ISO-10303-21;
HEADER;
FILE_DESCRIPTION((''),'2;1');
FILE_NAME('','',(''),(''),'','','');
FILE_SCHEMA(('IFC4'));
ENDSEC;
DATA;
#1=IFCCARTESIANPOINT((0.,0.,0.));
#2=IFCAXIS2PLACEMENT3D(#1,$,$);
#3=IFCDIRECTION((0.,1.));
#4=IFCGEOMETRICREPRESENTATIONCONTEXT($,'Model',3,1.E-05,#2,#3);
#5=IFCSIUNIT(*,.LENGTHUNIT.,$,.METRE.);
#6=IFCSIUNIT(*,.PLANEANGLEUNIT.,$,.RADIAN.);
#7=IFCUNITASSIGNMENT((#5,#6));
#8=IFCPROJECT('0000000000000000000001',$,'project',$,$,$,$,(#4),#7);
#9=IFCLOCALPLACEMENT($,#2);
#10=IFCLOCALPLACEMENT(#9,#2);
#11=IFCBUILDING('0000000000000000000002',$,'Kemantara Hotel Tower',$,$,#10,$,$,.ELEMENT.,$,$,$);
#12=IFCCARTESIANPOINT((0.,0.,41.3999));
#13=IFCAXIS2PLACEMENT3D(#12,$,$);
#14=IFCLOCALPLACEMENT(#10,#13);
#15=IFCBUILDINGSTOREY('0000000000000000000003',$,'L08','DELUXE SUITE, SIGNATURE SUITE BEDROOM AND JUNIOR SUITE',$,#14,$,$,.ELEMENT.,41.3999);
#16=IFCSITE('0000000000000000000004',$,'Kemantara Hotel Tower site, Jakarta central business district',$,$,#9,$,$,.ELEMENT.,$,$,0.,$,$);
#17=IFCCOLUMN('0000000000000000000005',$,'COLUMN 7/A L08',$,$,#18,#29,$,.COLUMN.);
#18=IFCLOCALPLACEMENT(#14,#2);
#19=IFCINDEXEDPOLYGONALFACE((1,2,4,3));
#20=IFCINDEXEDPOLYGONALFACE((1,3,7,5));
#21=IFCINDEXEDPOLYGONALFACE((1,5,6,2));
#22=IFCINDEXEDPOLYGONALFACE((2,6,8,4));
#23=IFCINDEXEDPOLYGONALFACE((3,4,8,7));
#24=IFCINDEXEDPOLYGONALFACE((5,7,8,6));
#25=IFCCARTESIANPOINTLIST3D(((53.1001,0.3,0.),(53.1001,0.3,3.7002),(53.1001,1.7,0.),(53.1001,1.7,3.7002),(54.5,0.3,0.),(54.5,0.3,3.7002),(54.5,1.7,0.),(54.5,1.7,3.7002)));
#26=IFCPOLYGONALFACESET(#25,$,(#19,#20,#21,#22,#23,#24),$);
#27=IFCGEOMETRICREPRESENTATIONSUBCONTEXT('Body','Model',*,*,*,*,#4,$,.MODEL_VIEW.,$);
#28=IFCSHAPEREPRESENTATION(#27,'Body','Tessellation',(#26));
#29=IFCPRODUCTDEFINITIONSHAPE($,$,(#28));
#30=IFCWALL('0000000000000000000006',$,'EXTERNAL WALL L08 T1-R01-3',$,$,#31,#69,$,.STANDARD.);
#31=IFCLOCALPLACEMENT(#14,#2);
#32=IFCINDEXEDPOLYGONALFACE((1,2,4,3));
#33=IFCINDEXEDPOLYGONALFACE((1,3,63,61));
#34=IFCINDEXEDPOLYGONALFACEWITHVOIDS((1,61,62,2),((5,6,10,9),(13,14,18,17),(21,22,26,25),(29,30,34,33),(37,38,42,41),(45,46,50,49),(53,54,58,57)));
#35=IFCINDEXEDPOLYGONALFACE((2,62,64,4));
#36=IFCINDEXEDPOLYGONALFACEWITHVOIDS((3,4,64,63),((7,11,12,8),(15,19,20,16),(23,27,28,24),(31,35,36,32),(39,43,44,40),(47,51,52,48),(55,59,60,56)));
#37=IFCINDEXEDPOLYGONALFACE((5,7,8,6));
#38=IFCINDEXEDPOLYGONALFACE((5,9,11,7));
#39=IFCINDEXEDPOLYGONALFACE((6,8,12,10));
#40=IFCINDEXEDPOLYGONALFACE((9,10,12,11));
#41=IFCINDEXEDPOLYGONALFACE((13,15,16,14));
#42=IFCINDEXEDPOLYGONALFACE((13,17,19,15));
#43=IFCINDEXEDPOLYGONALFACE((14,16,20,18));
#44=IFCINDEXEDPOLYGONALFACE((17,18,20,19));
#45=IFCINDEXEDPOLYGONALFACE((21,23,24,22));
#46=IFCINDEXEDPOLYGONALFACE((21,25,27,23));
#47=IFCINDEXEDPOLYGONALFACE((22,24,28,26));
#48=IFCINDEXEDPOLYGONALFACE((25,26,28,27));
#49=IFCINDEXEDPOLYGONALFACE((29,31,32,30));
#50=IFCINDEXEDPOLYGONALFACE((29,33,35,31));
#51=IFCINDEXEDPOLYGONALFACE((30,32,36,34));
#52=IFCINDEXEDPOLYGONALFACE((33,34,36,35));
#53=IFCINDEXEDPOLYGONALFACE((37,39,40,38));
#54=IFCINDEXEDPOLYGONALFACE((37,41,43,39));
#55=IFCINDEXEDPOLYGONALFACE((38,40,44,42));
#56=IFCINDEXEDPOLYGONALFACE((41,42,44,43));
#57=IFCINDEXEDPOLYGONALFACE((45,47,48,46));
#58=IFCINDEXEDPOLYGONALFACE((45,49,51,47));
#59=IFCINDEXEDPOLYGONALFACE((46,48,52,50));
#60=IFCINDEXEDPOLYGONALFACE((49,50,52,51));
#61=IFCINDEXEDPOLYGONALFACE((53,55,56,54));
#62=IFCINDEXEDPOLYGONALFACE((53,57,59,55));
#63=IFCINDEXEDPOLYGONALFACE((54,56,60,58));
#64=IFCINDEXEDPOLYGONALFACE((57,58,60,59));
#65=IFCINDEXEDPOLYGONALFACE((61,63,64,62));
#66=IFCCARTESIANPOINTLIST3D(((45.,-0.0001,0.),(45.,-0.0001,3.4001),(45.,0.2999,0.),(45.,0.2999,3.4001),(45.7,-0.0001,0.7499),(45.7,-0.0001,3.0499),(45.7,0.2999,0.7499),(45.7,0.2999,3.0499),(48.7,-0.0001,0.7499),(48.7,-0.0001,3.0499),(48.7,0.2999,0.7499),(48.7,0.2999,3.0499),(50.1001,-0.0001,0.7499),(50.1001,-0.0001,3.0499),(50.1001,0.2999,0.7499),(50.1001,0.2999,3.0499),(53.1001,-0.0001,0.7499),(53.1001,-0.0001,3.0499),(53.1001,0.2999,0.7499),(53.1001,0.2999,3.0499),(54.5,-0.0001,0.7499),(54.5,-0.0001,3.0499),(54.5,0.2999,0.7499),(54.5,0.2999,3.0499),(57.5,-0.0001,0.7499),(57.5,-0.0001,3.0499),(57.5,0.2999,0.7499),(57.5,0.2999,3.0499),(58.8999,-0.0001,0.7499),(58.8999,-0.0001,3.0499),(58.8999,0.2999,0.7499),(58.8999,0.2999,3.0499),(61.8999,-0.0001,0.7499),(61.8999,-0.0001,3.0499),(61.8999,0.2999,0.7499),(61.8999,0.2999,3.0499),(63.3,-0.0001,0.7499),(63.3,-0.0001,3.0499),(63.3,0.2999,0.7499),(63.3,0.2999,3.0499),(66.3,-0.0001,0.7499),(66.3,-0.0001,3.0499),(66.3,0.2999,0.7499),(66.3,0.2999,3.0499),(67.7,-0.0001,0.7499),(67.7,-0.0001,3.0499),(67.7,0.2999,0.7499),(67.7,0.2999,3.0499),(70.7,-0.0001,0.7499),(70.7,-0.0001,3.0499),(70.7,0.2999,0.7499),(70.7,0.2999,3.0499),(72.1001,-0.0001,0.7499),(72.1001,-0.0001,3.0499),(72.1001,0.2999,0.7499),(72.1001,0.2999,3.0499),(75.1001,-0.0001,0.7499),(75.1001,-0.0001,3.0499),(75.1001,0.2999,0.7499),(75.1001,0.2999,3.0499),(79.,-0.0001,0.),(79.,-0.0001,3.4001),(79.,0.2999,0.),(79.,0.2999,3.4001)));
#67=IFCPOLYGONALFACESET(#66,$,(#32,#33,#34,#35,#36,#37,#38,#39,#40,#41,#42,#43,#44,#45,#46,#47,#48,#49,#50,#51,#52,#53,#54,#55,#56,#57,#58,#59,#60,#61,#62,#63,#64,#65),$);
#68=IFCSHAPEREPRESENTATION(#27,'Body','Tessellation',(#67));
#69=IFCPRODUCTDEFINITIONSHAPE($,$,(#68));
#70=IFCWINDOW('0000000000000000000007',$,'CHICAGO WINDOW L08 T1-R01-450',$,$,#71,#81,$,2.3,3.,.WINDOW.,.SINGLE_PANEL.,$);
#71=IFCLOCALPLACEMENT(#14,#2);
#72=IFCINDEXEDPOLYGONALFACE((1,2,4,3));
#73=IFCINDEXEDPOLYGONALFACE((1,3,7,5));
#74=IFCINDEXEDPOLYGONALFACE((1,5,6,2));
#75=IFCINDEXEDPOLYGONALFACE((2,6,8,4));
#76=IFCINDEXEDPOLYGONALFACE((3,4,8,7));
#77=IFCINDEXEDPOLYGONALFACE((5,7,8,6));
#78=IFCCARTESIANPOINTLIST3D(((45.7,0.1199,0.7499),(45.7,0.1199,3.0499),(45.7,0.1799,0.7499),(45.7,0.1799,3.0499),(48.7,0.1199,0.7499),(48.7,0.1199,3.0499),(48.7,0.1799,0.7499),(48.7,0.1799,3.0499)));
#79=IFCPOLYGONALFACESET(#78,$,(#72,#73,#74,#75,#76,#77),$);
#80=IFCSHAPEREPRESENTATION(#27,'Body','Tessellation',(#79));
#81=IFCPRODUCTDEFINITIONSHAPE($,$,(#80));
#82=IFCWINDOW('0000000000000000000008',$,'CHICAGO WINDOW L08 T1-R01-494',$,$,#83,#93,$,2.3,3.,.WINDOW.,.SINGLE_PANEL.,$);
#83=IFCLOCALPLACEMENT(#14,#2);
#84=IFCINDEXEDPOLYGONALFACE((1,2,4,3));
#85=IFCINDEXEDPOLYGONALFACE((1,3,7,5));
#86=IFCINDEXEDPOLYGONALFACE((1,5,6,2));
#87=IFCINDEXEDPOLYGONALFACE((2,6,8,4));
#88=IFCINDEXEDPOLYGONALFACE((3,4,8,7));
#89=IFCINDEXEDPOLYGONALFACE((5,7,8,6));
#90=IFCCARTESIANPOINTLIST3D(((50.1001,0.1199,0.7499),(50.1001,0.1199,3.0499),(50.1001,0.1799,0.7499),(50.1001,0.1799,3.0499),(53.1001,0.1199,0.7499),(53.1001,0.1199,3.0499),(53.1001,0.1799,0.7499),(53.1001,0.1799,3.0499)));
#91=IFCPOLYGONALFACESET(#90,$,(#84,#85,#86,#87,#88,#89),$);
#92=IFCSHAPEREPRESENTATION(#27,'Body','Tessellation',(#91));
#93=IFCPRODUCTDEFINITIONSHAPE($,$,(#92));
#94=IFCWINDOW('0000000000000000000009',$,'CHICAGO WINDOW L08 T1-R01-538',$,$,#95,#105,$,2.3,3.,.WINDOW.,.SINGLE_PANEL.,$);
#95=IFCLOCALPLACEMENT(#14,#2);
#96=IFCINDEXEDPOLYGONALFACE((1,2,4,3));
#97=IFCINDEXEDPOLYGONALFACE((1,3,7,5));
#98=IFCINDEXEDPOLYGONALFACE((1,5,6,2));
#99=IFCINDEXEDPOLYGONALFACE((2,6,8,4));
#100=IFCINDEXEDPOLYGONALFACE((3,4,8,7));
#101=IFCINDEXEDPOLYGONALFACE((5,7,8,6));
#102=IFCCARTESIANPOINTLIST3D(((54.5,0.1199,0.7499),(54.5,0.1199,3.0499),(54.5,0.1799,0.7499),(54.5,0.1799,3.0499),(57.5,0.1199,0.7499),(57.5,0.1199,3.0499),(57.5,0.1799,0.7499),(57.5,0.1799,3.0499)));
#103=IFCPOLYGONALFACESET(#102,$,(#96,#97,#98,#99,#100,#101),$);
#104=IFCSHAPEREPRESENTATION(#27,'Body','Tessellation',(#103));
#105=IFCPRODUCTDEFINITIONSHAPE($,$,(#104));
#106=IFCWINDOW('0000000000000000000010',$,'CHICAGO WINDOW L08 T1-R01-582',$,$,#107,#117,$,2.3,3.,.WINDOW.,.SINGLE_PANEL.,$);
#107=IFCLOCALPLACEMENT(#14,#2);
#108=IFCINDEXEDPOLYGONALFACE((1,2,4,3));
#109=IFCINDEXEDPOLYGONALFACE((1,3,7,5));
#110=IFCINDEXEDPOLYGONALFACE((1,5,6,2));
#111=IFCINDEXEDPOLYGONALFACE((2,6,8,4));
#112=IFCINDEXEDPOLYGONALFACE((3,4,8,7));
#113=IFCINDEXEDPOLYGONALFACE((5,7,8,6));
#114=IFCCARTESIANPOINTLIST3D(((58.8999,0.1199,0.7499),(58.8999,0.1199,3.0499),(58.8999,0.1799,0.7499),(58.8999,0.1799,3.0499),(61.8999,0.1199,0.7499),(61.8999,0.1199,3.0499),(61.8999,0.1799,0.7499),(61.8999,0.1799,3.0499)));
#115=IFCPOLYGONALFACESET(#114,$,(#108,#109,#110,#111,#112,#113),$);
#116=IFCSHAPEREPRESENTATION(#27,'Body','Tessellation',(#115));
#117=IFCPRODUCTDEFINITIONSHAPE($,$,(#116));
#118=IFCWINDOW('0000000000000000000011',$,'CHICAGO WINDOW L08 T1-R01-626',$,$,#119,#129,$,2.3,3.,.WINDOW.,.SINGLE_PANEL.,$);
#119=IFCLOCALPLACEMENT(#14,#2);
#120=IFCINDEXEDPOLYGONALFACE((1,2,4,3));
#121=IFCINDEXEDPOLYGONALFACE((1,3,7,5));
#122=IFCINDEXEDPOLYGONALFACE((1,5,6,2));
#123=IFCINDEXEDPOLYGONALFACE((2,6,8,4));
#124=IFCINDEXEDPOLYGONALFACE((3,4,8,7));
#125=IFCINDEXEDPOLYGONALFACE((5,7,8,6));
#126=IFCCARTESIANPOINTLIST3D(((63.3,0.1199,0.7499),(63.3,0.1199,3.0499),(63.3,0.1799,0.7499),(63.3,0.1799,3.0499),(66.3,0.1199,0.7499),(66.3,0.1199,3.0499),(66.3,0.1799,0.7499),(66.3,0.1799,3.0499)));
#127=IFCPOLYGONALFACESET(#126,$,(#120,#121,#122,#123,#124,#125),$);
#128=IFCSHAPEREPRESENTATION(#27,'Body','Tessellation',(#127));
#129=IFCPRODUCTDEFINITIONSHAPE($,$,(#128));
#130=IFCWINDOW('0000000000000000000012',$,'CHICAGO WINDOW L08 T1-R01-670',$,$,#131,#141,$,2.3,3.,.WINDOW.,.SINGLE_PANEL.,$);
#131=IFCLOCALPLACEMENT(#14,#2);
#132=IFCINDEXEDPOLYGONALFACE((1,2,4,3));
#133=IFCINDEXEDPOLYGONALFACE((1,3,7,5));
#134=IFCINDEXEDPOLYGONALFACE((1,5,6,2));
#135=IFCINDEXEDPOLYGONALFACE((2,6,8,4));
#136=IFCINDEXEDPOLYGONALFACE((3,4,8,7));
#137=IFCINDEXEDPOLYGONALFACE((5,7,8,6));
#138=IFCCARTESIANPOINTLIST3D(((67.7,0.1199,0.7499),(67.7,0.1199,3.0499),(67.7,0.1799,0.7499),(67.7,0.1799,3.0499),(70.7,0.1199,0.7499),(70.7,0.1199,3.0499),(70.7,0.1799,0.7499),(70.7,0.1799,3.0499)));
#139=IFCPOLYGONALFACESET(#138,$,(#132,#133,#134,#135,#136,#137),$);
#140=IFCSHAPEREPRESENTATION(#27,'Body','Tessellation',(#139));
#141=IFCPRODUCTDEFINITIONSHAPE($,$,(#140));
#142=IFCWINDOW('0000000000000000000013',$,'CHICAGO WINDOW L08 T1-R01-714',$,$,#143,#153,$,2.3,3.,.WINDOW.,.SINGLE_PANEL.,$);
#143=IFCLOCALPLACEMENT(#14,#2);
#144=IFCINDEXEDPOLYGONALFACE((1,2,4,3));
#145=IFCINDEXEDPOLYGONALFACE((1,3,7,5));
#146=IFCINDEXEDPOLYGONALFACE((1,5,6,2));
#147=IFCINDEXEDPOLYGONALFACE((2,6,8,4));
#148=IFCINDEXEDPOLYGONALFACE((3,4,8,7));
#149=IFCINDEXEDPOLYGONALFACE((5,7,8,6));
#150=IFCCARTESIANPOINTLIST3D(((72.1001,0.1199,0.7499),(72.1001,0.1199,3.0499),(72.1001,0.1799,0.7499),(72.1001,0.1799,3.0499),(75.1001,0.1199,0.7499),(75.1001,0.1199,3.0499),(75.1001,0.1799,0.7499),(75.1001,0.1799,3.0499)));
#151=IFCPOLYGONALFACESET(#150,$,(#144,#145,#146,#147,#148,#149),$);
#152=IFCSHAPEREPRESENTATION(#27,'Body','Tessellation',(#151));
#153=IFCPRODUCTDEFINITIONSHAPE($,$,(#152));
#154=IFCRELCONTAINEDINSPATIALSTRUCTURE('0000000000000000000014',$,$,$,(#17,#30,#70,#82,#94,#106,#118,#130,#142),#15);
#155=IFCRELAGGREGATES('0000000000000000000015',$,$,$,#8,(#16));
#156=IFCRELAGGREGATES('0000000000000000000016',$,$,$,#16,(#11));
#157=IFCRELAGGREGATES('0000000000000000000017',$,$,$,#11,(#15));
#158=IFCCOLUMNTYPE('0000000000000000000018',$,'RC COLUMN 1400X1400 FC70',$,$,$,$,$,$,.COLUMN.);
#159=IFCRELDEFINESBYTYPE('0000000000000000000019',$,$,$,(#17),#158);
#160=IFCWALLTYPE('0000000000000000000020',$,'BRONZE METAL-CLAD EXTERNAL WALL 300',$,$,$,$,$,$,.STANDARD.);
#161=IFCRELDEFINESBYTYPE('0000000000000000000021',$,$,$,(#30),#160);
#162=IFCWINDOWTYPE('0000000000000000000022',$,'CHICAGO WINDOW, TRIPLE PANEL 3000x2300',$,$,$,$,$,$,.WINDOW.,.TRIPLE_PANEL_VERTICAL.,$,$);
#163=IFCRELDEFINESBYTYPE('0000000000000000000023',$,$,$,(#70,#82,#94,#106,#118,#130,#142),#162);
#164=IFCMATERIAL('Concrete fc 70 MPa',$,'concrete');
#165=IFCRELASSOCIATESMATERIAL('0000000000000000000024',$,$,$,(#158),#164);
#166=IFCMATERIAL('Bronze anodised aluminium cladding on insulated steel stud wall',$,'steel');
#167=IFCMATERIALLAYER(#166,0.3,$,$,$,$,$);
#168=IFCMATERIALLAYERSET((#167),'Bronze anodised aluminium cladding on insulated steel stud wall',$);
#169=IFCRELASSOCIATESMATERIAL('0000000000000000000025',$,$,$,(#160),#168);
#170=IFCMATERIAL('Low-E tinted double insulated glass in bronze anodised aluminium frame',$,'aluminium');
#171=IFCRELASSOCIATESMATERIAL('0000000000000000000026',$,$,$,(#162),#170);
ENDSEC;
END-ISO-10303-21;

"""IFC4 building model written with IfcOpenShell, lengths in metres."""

from ifc_helpers import new_model, si_unit, direction, frame, frame_2d, origin, origin_2d, place, context, subcontext, project, spatial, rectangle, extrude, material, layer, layer_set, material_profile, profile_set, type_object, element, fill, save


model = new_model("IFC4")

# Units and contexts
model_context = context("Model", 3, precision=1e-05, world=origin(), true_north=direction((0.0, 1.0)))
body_context = subcontext(model_context, "Body", "Model", "MODEL_VIEW")
ifc_project = project(units=[si_unit("LENGTHUNIT", "METRE"), si_unit("PLANEANGLEUNIT", "RADIAN")], contexts=[model_context])

# Site, building, storey
site_placement = place(None, origin())
site = spatial("IfcSite", under=ifc_project, at=site_placement, Name="Kemantara Hotel Tower site, Jakarta central business district", CompositionType="ELEMENT", RefElevation=0.0)
building_placement = place(site_placement, origin())
building = spatial("IfcBuilding", under=site, at=building_placement, Name="Kemantara Hotel Tower", CompositionType="ELEMENT")
storey_placement = place(building_placement, frame((0.0, 0.0, 41.3999)))
storey = spatial("IfcBuildingStorey", under=building, at=storey_placement, Name="L08", Description="DELUXE SUITE, SIGNATURE SUITE BEDROOM AND JUNIOR SUITE", CompositionType="ELEMENT", Elevation=41.3999)

# Column
ifc_material_1 = material(Name="Concrete fc 70 MPa", Category="concrete")
ifc_material_profile = material_profile(ifc_material_1, rectangle(XDim=1.3999, YDim=1.3999, at=origin_2d()), Name="RC 1400X1400")
ifc_profile_set = profile_set([ifc_material_profile], Name="Concrete fc 70 MPa")
column_type = type_object("IfcColumnType", Name="RC COLUMN 1400X1400 FC70", PredefinedType="COLUMN", material=ifc_profile_set)
column_placement = place(storey_placement, frame((53.8, 1.0, 0.0), z_axis=(0.0, 0.0, 1.0), x_axis=(1.0, 0.0, 0.0)))
element("IfcColumn", 1, at=column_placement, inside=storey, type_object=column_type, Name="COLUMN 7/A L08", PredefinedType="COLUMN", context=body_context, shape_type="SweptSolid", body=[
    extrude(rectangle(XDim=1.3999, YDim=1.3999, at=origin_2d()), origin(), (0.0, 0.0, 1.0), 3.7002),
])

# Wall, openings, windows
ifc_material_2 = material(Name="Bronze anodised aluminium cladding on insulated steel stud wall", Category="steel")
ifc_layer_1 = layer(ifc_material_2, 0.3)
ifc_layer_set_1 = layer_set([ifc_layer_1], Name="Bronze anodised aluminium cladding on insulated steel stud wall")
wall_type_1 = type_object("IfcWallType", Name="BRONZE METAL-CLAD EXTERNAL WALL 300", PredefinedType="STANDARD", material=ifc_layer_set_1)
wall_1_placement = place(storey_placement, frame((45.0, 0.1499, 0.0), z_axis=(0.0, 0.0, 1.0), x_axis=(1.0, 0.0, 0.0)))
wall_1 = element("IfcWall", 2, at=wall_1_placement, inside=storey, type_object=wall_type_1, Name="EXTERNAL WALL L08 T1-R01-3", PredefinedType="STANDARD", context=body_context, shape_type="SweptSolid", body=[
    extrude(rectangle(XDim=34.0, YDim=0.3, at=frame_2d((17.0, 0.0))), origin(), (0.0, 0.0, 1.0), 3.4001),
])
opening_1_placement = place(wall_1_placement, frame((0.7, 0.0, 0.75)))
opening_1 = element("IfcOpeningElement", 3, at=opening_1_placement, cuts=wall_1, PredefinedType="OPENING", context=body_context, shape_type="SweptSolid", body=[
    extrude(rectangle(XDim=3.0, YDim=2.3, at=frame_2d((1.5, 1.1499))), frame((0.0, 0.1599, 0.0), z_axis=(0.0, -1.0, 0.0), x_axis=(1.0, 0.0, 0.0)), (0.0, 0.0, 1.0), 0.3201),
])
opening_2_placement = place(wall_1_placement, frame((5.1001, 0.0, 0.75)))
opening_2 = element("IfcOpeningElement", 4, at=opening_2_placement, cuts=wall_1, PredefinedType="OPENING", context=body_context, shape_type="SweptSolid", body=[
    extrude(rectangle(XDim=3.0, YDim=2.3, at=frame_2d((1.5, 1.1499))), frame((0.0, 0.1599, 0.0), z_axis=(0.0, -1.0, 0.0), x_axis=(1.0, 0.0, 0.0)), (0.0, 0.0, 1.0), 0.3201),
])
opening_3_placement = place(wall_1_placement, frame((9.5, 0.0, 0.75)))
opening_3 = element("IfcOpeningElement", 5, at=opening_3_placement, cuts=wall_1, PredefinedType="OPENING", context=body_context, shape_type="SweptSolid", body=[
    extrude(rectangle(XDim=3.0, YDim=2.3, at=frame_2d((1.5, 1.1499))), frame((0.0, 0.1599, 0.0), z_axis=(0.0, -1.0, 0.0), x_axis=(1.0, 0.0, 0.0)), (0.0, 0.0, 1.0), 0.3201),
])
opening_4_placement = place(wall_1_placement, frame((13.8999, 0.0, 0.75)))
opening_4 = element("IfcOpeningElement", 6, at=opening_4_placement, cuts=wall_1, PredefinedType="OPENING", context=body_context, shape_type="SweptSolid", body=[
    extrude(rectangle(XDim=3.0, YDim=2.3, at=frame_2d((1.5, 1.1499))), frame((0.0, 0.1599, 0.0), z_axis=(0.0, -1.0, 0.0), x_axis=(1.0, 0.0, 0.0)), (0.0, 0.0, 1.0), 0.3201),
])
opening_5_placement = place(wall_1_placement, frame((18.3, 0.0, 0.75)))
opening_5 = element("IfcOpeningElement", 7, at=opening_5_placement, cuts=wall_1, PredefinedType="OPENING", context=body_context, shape_type="SweptSolid", body=[
    extrude(rectangle(XDim=3.0, YDim=2.3, at=frame_2d((1.5, 1.1499))), frame((0.0, 0.1599, 0.0), z_axis=(0.0, -1.0, 0.0), x_axis=(1.0, 0.0, 0.0)), (0.0, 0.0, 1.0), 0.3201),
])
opening_6_placement = place(wall_1_placement, frame((22.7, 0.0, 0.75)))
opening_6 = element("IfcOpeningElement", 8, at=opening_6_placement, cuts=wall_1, PredefinedType="OPENING", context=body_context, shape_type="SweptSolid", body=[
    extrude(rectangle(XDim=3.0, YDim=2.3, at=frame_2d((1.5, 1.1499))), frame((0.0, 0.1599, 0.0), z_axis=(0.0, -1.0, 0.0), x_axis=(1.0, 0.0, 0.0)), (0.0, 0.0, 1.0), 0.3201),
])
opening_7_placement = place(wall_1_placement, frame((27.1001, 0.0, 0.75)))
opening_7 = element("IfcOpeningElement", 9, at=opening_7_placement, cuts=wall_1, PredefinedType="OPENING", context=body_context, shape_type="SweptSolid", body=[
    extrude(rectangle(XDim=3.0, YDim=2.3, at=frame_2d((1.5, 1.1499))), frame((0.0, 0.1599, 0.0), z_axis=(0.0, -1.0, 0.0), x_axis=(1.0, 0.0, 0.0)), (0.0, 0.0, 1.0), 0.3201),
])
ifc_material_3 = material(Name="Low-E tinted double insulated glass in bronze anodised aluminium frame", Category="aluminium")
window_type = type_object("IfcWindowType", Name="CHICAGO WINDOW, TRIPLE PANEL 3000x2300", PartitioningType="TRIPLE_PANEL_VERTICAL", PredefinedType="WINDOW", material=ifc_material_3)
window_1_placement = place(opening_1_placement, origin())
window_1 = element("IfcWindow", 10, at=window_1_placement, inside=storey, type_object=window_type, Name="CHICAGO WINDOW L08 T1-R01-450", OverallHeight=2.3, OverallWidth=3.0, PartitioningType="SINGLE_PANEL", PredefinedType="WINDOW", context=body_context, shape_type="SweptSolid", body=[
    extrude(rectangle(XDim=3.0, YDim=2.3, at=frame_2d((1.5, 1.1499))), frame((0.0, 0.03, 0.0), z_axis=(0.0, -1.0, 0.0), x_axis=(1.0, 0.0, 0.0)), (0.0, 0.0, 1.0), 0.0601),
])
fill(opening_1, window_1)
window_2_placement = place(opening_2_placement, origin())
window_2 = element("IfcWindow", 11, at=window_2_placement, inside=storey, type_object=window_type, Name="CHICAGO WINDOW L08 T1-R01-494", OverallHeight=2.3, OverallWidth=3.0, PartitioningType="SINGLE_PANEL", PredefinedType="WINDOW", context=body_context, shape_type="SweptSolid", body=[
    extrude(rectangle(XDim=3.0, YDim=2.3, at=frame_2d((1.5, 1.1499))), frame((0.0, 0.03, 0.0), z_axis=(0.0, -1.0, 0.0), x_axis=(1.0, 0.0, 0.0)), (0.0, 0.0, 1.0), 0.0601),
])
fill(opening_2, window_2)
window_3_placement = place(opening_3_placement, origin())
window_3 = element("IfcWindow", 12, at=window_3_placement, inside=storey, type_object=window_type, Name="CHICAGO WINDOW L08 T1-R01-538", OverallHeight=2.3, OverallWidth=3.0, PartitioningType="SINGLE_PANEL", PredefinedType="WINDOW", context=body_context, shape_type="SweptSolid", body=[
    extrude(rectangle(XDim=3.0, YDim=2.3, at=frame_2d((1.5, 1.1499))), frame((0.0, 0.03, 0.0), z_axis=(0.0, -1.0, 0.0), x_axis=(1.0, 0.0, 0.0)), (0.0, 0.0, 1.0), 0.0601),
])
fill(opening_3, window_3)
window_4_placement = place(opening_4_placement, origin())
window_4 = element("IfcWindow", 13, at=window_4_placement, inside=storey, type_object=window_type, Name="CHICAGO WINDOW L08 T1-R01-582", OverallHeight=2.3, OverallWidth=3.0, PartitioningType="SINGLE_PANEL", PredefinedType="WINDOW", context=body_context, shape_type="SweptSolid", body=[
    extrude(rectangle(XDim=3.0, YDim=2.3, at=frame_2d((1.5, 1.1499))), frame((0.0, 0.03, 0.0), z_axis=(0.0, -1.0, 0.0), x_axis=(1.0, 0.0, 0.0)), (0.0, 0.0, 1.0), 0.0601),
])
fill(opening_4, window_4)
window_5_placement = place(opening_5_placement, origin())
window_5 = element("IfcWindow", 14, at=window_5_placement, inside=storey, type_object=window_type, Name="CHICAGO WINDOW L08 T1-R01-626", OverallHeight=2.3, OverallWidth=3.0, PartitioningType="SINGLE_PANEL", PredefinedType="WINDOW", context=body_context, shape_type="SweptSolid", body=[
    extrude(rectangle(XDim=3.0, YDim=2.3, at=frame_2d((1.5, 1.1499))), frame((0.0, 0.03, 0.0), z_axis=(0.0, -1.0, 0.0), x_axis=(1.0, 0.0, 0.0)), (0.0, 0.0, 1.0), 0.0601),
])
fill(opening_5, window_5)
window_6_placement = place(opening_6_placement, origin())
window_6 = element("IfcWindow", 15, at=window_6_placement, inside=storey, type_object=window_type, Name="CHICAGO WINDOW L08 T1-R01-670", OverallHeight=2.3, OverallWidth=3.0, PartitioningType="SINGLE_PANEL", PredefinedType="WINDOW", context=body_context, shape_type="SweptSolid", body=[
    extrude(rectangle(XDim=3.0, YDim=2.3, at=frame_2d((1.5, 1.1499))), frame((0.0, 0.03, 0.0), z_axis=(0.0, -1.0, 0.0), x_axis=(1.0, 0.0, 0.0)), (0.0, 0.0, 1.0), 0.0601),
])
fill(opening_6, window_6)
window_7_placement = place(opening_7_placement, origin())
window_7 = element("IfcWindow", 16, at=window_7_placement, inside=storey, type_object=window_type, Name="CHICAGO WINDOW L08 T1-R01-714", OverallHeight=2.3, OverallWidth=3.0, PartitioningType="SINGLE_PANEL", PredefinedType="WINDOW", context=body_context, shape_type="SweptSolid", body=[
    extrude(rectangle(XDim=3.0, YDim=2.3, at=frame_2d((1.5, 1.1499))), frame((0.0, 0.03, 0.0), z_axis=(0.0, -1.0, 0.0), x_axis=(1.0, 0.0, 0.0)), (0.0, 0.0, 1.0), 0.0601),
])
fill(opening_7, window_7)

save(model, "model.ifc")
